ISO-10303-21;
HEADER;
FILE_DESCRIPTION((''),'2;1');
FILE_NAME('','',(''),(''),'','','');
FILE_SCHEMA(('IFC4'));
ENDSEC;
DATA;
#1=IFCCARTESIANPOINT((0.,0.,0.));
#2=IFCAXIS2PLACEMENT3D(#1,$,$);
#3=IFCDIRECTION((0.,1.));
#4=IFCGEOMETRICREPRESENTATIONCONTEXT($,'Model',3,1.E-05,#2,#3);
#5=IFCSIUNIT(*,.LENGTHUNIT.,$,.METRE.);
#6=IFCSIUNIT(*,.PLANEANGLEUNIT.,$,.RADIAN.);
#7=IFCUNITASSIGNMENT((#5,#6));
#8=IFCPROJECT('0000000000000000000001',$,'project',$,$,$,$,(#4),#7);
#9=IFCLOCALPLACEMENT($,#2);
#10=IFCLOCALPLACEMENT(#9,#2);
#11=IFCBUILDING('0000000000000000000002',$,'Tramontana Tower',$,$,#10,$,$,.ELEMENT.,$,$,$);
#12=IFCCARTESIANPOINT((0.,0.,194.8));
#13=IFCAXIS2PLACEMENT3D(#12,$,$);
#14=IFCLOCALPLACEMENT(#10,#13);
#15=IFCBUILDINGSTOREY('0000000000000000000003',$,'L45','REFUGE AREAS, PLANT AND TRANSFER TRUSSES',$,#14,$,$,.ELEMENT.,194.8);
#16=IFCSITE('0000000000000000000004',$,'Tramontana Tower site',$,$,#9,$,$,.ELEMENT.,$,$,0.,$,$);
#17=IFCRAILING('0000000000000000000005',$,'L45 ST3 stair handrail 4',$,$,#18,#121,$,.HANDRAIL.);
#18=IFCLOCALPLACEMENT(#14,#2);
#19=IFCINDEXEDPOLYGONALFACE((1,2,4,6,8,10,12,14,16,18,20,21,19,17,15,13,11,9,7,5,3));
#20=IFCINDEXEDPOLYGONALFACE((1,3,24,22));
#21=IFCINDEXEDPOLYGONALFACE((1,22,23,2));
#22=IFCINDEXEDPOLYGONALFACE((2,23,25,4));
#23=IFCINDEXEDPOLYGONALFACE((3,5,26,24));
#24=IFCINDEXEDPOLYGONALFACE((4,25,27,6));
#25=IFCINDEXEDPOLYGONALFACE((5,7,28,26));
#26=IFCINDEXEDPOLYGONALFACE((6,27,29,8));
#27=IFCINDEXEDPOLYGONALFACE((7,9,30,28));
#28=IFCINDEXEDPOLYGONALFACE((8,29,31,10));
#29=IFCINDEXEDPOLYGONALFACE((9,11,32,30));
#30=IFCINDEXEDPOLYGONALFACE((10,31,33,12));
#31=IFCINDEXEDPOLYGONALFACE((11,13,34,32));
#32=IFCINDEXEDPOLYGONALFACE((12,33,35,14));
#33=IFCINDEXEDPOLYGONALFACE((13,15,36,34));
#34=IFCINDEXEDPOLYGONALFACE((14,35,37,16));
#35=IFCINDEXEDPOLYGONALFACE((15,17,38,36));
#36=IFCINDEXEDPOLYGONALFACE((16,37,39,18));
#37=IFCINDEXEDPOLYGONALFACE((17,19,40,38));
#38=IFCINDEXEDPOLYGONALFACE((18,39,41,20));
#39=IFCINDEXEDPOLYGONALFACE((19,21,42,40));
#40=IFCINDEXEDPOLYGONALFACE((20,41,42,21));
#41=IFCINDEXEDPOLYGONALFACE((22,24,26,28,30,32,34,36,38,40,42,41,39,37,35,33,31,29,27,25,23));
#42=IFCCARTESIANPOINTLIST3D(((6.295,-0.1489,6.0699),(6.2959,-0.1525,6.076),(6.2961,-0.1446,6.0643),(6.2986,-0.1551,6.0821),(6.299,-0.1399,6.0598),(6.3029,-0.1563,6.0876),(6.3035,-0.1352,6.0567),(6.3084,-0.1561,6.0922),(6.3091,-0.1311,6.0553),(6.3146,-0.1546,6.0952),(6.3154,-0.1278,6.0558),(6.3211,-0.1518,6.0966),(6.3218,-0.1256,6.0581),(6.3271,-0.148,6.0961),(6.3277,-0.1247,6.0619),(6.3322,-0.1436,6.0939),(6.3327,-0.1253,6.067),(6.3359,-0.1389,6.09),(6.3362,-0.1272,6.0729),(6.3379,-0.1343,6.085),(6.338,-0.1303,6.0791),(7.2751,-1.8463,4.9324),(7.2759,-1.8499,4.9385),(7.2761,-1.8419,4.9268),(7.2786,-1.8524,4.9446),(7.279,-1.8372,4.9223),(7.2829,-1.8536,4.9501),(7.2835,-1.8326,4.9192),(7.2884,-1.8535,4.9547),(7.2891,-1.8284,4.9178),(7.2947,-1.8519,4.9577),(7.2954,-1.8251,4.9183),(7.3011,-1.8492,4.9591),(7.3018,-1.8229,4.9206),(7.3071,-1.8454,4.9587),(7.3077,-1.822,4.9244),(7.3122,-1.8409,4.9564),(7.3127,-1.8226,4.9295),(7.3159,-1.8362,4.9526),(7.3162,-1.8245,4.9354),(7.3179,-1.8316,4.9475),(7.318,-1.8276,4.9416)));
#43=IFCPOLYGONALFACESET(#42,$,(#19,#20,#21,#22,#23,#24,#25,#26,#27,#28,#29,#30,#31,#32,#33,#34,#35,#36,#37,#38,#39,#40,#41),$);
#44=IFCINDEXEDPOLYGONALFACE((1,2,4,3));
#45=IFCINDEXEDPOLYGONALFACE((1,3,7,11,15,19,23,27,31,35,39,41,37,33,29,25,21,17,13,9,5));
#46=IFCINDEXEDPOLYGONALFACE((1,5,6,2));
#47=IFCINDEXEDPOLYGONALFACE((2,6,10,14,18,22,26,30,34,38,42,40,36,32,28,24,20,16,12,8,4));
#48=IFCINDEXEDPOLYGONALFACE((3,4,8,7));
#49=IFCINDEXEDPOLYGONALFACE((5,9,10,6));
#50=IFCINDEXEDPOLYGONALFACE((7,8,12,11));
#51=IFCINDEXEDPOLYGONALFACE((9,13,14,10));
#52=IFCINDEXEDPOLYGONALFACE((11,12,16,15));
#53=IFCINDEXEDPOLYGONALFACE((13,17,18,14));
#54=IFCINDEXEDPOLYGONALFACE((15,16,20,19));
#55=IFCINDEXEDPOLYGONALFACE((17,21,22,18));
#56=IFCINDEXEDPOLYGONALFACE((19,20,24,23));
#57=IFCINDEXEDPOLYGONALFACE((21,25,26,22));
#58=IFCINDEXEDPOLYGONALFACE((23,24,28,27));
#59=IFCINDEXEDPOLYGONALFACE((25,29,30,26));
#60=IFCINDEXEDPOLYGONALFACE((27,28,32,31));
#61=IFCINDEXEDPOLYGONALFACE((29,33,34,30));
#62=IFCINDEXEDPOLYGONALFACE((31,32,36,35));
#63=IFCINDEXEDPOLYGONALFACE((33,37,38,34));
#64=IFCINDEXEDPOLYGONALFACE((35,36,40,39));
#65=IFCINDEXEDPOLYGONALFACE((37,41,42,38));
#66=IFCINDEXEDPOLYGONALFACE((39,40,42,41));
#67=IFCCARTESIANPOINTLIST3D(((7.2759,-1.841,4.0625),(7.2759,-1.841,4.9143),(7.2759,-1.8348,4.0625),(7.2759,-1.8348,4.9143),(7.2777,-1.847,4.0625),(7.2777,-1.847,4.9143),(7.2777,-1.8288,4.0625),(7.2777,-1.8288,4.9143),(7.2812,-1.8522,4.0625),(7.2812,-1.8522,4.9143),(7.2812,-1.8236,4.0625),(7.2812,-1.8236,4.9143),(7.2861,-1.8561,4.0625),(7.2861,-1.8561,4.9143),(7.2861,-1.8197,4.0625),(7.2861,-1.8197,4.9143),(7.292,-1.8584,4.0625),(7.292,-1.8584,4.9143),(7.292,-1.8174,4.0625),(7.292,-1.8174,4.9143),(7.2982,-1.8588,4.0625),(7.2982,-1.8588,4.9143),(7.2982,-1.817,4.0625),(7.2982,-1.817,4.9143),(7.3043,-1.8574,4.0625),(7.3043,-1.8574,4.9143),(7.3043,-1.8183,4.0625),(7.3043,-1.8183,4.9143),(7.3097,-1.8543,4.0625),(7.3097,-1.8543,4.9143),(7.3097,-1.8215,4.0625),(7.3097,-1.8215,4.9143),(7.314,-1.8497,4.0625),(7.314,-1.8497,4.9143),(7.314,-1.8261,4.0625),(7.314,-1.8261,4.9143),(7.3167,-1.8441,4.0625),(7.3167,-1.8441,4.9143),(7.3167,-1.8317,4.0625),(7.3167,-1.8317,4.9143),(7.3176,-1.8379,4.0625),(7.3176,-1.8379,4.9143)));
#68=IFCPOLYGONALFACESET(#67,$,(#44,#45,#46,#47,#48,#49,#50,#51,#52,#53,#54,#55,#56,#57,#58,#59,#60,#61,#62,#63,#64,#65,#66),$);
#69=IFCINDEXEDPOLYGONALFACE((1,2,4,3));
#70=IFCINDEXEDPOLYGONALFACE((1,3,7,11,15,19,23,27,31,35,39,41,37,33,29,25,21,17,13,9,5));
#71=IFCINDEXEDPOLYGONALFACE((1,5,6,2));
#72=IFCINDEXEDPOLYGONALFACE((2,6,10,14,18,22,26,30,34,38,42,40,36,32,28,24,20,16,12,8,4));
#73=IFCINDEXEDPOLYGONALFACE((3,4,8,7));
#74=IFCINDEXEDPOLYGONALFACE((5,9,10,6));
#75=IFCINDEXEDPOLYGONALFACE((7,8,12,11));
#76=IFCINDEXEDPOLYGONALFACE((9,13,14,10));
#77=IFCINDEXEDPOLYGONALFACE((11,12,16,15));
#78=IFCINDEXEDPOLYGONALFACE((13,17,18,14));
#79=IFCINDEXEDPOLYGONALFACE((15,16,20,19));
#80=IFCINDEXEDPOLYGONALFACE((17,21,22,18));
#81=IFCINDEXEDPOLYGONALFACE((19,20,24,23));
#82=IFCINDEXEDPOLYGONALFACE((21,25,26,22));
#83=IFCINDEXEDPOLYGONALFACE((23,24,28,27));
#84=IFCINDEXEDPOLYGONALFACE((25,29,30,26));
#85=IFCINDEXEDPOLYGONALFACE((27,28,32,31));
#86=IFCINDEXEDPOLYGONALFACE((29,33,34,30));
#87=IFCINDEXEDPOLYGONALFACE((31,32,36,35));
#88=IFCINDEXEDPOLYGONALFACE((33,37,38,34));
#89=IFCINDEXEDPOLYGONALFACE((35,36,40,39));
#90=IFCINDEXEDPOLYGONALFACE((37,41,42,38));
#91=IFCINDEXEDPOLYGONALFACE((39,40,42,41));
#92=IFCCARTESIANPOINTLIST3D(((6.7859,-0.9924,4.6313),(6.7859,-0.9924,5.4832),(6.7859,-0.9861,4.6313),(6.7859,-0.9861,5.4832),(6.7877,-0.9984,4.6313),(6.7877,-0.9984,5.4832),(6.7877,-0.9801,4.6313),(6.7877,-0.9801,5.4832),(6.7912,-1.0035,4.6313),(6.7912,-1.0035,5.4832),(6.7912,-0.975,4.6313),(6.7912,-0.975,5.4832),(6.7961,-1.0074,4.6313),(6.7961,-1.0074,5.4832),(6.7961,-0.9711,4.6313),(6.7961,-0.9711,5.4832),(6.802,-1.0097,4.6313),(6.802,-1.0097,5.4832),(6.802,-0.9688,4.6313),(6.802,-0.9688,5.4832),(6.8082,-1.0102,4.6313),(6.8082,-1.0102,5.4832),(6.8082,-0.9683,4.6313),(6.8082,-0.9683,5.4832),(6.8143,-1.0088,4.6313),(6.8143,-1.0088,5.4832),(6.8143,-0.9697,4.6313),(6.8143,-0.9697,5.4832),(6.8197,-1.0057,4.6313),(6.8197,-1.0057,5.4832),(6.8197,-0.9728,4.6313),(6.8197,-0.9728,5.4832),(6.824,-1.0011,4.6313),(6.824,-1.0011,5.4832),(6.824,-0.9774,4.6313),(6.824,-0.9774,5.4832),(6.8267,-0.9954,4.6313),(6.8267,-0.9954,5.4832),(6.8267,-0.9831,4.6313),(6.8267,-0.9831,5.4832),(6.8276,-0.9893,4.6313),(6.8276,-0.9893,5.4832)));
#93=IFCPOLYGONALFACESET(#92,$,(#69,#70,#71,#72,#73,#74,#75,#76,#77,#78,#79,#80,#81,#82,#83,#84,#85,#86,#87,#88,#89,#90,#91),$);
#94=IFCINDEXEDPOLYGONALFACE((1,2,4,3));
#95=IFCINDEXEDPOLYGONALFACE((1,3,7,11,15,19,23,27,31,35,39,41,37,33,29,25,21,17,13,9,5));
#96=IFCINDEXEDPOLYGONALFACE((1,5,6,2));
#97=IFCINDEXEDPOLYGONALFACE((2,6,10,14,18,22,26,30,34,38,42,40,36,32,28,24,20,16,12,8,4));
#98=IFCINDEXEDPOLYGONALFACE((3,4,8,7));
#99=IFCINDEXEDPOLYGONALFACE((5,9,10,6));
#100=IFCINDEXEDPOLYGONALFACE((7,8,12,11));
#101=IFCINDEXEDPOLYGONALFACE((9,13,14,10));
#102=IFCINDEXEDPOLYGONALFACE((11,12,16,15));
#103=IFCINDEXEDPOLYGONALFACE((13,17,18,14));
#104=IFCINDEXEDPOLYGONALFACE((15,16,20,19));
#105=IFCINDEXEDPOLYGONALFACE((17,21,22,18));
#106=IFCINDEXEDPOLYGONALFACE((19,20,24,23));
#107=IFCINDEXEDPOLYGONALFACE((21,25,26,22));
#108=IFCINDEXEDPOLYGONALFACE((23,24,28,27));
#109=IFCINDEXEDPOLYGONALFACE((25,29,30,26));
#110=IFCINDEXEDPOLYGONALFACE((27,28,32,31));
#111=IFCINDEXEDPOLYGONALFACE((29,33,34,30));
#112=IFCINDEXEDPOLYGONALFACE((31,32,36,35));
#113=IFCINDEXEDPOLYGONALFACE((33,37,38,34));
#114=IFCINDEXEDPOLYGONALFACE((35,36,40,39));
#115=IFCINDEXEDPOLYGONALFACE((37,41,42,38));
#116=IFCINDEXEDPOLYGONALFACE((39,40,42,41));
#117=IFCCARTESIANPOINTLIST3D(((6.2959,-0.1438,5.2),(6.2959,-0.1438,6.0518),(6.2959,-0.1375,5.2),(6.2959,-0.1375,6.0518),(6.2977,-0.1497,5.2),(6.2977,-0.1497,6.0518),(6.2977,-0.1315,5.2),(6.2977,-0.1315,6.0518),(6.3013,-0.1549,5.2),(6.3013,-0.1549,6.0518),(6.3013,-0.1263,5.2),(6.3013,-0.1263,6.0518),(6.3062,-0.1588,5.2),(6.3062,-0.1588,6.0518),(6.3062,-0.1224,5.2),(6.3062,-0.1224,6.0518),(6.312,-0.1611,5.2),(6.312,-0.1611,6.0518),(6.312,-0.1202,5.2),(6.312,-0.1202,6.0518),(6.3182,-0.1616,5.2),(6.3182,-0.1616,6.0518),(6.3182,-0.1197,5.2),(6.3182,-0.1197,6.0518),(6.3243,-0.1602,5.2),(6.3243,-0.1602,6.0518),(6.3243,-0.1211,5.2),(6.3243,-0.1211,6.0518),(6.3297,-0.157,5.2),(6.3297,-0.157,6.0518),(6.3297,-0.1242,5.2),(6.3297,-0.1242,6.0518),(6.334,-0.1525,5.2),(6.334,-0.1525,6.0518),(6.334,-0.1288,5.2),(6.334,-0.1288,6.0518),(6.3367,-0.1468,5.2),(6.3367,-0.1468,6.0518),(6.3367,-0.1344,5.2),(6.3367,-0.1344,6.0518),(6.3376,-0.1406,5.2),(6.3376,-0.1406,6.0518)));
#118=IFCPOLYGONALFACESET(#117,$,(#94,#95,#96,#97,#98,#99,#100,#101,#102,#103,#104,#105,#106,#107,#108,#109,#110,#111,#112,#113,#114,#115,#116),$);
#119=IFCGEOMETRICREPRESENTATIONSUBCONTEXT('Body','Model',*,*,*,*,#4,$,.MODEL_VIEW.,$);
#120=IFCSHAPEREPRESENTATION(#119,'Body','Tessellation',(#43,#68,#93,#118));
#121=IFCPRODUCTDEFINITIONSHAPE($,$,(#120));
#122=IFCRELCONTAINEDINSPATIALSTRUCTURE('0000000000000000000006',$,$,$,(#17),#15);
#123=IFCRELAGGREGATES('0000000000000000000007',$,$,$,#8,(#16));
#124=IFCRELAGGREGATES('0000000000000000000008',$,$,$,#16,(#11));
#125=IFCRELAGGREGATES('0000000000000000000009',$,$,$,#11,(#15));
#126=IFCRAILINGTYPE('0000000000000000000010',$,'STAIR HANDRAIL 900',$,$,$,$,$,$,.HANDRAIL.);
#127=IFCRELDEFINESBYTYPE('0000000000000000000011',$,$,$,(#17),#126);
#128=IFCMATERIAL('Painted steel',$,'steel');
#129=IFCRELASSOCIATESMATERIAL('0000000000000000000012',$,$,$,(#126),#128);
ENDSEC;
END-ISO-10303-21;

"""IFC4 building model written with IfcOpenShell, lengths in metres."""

from ifc_helpers import new_model, si_unit, direction, frame, origin, origin_2d, place, context, subcontext, project, spatial, circle, extrude, material, type_object, element, save


model = new_model("IFC4")

# Units and contexts
model_context = context("Model", 3, precision=1e-05, world=origin(), true_north=direction((0.0, 1.0)))
body_context = subcontext(model_context, "Body", "Model", "MODEL_VIEW")
ifc_project = project(units=[si_unit("LENGTHUNIT", "METRE"), si_unit("PLANEANGLEUNIT", "RADIAN")], contexts=[model_context])

# Site, building, storey
site_placement = place(None, origin())
site = spatial("IfcSite", under=ifc_project, at=site_placement, Name="Tramontana Tower site", CompositionType="ELEMENT", RefElevation=0.0)
building_placement = place(site_placement, origin())
building = spatial("IfcBuilding", under=site, at=building_placement, Name="Tramontana Tower", CompositionType="ELEMENT")
storey_placement = place(building_placement, frame((0.0, 0.0, 194.8)))
storey = spatial("IfcBuildingStorey", under=building, at=storey_placement, Name="L45", Description="REFUGE AREAS, PLANT AND TRANSFER TRUSSES", CompositionType="ELEMENT", Elevation=194.8)

# Railing
ifc_material_1 = material(Name="Painted steel", Category="steel")
railing_type_1 = type_object("IfcRailingType", Name="STAIR HANDRAIL 900", PredefinedType="HANDRAIL", material=ifc_material_1)
for number, where, name in (
    (1, (7.2966, -1.8379, 4.0625), "L45 ST3 stair handrail 4"),
):
    element("IfcRailing", number, at=place(storey_placement, frame(where)), inside=storey, type_object=railing_type_1, Name=name, PredefinedType="HANDRAIL", context=body_context, shape_type="SweptSolid", body=[
        extrude(circle(Radius=0.0239, at=origin_2d()), frame((0.0, 0.0, 0.876), z_axis=(-0.432467, 0.749006, 0.501959), x_axis=(-0.866011, -0.500024, 0.0)), (0.0, 0.0, 1.0), 2.2661),
        extrude(circle(Radius=0.021, at=origin_2d()), origin(), (0.0, 0.0, 1.0), 0.8518),
        extrude(circle(Radius=0.021, at=origin_2d()), frame((-0.49, 0.8486, 0.5688)), (0.0, 0.0, 1.0), 0.8518),
        extrude(circle(Radius=0.021, at=origin_2d()), frame((-0.98, 1.6973, 1.1375)), (0.0, 0.0, 1.0), 0.8518),
    ])

save(model, "model.ifc")
